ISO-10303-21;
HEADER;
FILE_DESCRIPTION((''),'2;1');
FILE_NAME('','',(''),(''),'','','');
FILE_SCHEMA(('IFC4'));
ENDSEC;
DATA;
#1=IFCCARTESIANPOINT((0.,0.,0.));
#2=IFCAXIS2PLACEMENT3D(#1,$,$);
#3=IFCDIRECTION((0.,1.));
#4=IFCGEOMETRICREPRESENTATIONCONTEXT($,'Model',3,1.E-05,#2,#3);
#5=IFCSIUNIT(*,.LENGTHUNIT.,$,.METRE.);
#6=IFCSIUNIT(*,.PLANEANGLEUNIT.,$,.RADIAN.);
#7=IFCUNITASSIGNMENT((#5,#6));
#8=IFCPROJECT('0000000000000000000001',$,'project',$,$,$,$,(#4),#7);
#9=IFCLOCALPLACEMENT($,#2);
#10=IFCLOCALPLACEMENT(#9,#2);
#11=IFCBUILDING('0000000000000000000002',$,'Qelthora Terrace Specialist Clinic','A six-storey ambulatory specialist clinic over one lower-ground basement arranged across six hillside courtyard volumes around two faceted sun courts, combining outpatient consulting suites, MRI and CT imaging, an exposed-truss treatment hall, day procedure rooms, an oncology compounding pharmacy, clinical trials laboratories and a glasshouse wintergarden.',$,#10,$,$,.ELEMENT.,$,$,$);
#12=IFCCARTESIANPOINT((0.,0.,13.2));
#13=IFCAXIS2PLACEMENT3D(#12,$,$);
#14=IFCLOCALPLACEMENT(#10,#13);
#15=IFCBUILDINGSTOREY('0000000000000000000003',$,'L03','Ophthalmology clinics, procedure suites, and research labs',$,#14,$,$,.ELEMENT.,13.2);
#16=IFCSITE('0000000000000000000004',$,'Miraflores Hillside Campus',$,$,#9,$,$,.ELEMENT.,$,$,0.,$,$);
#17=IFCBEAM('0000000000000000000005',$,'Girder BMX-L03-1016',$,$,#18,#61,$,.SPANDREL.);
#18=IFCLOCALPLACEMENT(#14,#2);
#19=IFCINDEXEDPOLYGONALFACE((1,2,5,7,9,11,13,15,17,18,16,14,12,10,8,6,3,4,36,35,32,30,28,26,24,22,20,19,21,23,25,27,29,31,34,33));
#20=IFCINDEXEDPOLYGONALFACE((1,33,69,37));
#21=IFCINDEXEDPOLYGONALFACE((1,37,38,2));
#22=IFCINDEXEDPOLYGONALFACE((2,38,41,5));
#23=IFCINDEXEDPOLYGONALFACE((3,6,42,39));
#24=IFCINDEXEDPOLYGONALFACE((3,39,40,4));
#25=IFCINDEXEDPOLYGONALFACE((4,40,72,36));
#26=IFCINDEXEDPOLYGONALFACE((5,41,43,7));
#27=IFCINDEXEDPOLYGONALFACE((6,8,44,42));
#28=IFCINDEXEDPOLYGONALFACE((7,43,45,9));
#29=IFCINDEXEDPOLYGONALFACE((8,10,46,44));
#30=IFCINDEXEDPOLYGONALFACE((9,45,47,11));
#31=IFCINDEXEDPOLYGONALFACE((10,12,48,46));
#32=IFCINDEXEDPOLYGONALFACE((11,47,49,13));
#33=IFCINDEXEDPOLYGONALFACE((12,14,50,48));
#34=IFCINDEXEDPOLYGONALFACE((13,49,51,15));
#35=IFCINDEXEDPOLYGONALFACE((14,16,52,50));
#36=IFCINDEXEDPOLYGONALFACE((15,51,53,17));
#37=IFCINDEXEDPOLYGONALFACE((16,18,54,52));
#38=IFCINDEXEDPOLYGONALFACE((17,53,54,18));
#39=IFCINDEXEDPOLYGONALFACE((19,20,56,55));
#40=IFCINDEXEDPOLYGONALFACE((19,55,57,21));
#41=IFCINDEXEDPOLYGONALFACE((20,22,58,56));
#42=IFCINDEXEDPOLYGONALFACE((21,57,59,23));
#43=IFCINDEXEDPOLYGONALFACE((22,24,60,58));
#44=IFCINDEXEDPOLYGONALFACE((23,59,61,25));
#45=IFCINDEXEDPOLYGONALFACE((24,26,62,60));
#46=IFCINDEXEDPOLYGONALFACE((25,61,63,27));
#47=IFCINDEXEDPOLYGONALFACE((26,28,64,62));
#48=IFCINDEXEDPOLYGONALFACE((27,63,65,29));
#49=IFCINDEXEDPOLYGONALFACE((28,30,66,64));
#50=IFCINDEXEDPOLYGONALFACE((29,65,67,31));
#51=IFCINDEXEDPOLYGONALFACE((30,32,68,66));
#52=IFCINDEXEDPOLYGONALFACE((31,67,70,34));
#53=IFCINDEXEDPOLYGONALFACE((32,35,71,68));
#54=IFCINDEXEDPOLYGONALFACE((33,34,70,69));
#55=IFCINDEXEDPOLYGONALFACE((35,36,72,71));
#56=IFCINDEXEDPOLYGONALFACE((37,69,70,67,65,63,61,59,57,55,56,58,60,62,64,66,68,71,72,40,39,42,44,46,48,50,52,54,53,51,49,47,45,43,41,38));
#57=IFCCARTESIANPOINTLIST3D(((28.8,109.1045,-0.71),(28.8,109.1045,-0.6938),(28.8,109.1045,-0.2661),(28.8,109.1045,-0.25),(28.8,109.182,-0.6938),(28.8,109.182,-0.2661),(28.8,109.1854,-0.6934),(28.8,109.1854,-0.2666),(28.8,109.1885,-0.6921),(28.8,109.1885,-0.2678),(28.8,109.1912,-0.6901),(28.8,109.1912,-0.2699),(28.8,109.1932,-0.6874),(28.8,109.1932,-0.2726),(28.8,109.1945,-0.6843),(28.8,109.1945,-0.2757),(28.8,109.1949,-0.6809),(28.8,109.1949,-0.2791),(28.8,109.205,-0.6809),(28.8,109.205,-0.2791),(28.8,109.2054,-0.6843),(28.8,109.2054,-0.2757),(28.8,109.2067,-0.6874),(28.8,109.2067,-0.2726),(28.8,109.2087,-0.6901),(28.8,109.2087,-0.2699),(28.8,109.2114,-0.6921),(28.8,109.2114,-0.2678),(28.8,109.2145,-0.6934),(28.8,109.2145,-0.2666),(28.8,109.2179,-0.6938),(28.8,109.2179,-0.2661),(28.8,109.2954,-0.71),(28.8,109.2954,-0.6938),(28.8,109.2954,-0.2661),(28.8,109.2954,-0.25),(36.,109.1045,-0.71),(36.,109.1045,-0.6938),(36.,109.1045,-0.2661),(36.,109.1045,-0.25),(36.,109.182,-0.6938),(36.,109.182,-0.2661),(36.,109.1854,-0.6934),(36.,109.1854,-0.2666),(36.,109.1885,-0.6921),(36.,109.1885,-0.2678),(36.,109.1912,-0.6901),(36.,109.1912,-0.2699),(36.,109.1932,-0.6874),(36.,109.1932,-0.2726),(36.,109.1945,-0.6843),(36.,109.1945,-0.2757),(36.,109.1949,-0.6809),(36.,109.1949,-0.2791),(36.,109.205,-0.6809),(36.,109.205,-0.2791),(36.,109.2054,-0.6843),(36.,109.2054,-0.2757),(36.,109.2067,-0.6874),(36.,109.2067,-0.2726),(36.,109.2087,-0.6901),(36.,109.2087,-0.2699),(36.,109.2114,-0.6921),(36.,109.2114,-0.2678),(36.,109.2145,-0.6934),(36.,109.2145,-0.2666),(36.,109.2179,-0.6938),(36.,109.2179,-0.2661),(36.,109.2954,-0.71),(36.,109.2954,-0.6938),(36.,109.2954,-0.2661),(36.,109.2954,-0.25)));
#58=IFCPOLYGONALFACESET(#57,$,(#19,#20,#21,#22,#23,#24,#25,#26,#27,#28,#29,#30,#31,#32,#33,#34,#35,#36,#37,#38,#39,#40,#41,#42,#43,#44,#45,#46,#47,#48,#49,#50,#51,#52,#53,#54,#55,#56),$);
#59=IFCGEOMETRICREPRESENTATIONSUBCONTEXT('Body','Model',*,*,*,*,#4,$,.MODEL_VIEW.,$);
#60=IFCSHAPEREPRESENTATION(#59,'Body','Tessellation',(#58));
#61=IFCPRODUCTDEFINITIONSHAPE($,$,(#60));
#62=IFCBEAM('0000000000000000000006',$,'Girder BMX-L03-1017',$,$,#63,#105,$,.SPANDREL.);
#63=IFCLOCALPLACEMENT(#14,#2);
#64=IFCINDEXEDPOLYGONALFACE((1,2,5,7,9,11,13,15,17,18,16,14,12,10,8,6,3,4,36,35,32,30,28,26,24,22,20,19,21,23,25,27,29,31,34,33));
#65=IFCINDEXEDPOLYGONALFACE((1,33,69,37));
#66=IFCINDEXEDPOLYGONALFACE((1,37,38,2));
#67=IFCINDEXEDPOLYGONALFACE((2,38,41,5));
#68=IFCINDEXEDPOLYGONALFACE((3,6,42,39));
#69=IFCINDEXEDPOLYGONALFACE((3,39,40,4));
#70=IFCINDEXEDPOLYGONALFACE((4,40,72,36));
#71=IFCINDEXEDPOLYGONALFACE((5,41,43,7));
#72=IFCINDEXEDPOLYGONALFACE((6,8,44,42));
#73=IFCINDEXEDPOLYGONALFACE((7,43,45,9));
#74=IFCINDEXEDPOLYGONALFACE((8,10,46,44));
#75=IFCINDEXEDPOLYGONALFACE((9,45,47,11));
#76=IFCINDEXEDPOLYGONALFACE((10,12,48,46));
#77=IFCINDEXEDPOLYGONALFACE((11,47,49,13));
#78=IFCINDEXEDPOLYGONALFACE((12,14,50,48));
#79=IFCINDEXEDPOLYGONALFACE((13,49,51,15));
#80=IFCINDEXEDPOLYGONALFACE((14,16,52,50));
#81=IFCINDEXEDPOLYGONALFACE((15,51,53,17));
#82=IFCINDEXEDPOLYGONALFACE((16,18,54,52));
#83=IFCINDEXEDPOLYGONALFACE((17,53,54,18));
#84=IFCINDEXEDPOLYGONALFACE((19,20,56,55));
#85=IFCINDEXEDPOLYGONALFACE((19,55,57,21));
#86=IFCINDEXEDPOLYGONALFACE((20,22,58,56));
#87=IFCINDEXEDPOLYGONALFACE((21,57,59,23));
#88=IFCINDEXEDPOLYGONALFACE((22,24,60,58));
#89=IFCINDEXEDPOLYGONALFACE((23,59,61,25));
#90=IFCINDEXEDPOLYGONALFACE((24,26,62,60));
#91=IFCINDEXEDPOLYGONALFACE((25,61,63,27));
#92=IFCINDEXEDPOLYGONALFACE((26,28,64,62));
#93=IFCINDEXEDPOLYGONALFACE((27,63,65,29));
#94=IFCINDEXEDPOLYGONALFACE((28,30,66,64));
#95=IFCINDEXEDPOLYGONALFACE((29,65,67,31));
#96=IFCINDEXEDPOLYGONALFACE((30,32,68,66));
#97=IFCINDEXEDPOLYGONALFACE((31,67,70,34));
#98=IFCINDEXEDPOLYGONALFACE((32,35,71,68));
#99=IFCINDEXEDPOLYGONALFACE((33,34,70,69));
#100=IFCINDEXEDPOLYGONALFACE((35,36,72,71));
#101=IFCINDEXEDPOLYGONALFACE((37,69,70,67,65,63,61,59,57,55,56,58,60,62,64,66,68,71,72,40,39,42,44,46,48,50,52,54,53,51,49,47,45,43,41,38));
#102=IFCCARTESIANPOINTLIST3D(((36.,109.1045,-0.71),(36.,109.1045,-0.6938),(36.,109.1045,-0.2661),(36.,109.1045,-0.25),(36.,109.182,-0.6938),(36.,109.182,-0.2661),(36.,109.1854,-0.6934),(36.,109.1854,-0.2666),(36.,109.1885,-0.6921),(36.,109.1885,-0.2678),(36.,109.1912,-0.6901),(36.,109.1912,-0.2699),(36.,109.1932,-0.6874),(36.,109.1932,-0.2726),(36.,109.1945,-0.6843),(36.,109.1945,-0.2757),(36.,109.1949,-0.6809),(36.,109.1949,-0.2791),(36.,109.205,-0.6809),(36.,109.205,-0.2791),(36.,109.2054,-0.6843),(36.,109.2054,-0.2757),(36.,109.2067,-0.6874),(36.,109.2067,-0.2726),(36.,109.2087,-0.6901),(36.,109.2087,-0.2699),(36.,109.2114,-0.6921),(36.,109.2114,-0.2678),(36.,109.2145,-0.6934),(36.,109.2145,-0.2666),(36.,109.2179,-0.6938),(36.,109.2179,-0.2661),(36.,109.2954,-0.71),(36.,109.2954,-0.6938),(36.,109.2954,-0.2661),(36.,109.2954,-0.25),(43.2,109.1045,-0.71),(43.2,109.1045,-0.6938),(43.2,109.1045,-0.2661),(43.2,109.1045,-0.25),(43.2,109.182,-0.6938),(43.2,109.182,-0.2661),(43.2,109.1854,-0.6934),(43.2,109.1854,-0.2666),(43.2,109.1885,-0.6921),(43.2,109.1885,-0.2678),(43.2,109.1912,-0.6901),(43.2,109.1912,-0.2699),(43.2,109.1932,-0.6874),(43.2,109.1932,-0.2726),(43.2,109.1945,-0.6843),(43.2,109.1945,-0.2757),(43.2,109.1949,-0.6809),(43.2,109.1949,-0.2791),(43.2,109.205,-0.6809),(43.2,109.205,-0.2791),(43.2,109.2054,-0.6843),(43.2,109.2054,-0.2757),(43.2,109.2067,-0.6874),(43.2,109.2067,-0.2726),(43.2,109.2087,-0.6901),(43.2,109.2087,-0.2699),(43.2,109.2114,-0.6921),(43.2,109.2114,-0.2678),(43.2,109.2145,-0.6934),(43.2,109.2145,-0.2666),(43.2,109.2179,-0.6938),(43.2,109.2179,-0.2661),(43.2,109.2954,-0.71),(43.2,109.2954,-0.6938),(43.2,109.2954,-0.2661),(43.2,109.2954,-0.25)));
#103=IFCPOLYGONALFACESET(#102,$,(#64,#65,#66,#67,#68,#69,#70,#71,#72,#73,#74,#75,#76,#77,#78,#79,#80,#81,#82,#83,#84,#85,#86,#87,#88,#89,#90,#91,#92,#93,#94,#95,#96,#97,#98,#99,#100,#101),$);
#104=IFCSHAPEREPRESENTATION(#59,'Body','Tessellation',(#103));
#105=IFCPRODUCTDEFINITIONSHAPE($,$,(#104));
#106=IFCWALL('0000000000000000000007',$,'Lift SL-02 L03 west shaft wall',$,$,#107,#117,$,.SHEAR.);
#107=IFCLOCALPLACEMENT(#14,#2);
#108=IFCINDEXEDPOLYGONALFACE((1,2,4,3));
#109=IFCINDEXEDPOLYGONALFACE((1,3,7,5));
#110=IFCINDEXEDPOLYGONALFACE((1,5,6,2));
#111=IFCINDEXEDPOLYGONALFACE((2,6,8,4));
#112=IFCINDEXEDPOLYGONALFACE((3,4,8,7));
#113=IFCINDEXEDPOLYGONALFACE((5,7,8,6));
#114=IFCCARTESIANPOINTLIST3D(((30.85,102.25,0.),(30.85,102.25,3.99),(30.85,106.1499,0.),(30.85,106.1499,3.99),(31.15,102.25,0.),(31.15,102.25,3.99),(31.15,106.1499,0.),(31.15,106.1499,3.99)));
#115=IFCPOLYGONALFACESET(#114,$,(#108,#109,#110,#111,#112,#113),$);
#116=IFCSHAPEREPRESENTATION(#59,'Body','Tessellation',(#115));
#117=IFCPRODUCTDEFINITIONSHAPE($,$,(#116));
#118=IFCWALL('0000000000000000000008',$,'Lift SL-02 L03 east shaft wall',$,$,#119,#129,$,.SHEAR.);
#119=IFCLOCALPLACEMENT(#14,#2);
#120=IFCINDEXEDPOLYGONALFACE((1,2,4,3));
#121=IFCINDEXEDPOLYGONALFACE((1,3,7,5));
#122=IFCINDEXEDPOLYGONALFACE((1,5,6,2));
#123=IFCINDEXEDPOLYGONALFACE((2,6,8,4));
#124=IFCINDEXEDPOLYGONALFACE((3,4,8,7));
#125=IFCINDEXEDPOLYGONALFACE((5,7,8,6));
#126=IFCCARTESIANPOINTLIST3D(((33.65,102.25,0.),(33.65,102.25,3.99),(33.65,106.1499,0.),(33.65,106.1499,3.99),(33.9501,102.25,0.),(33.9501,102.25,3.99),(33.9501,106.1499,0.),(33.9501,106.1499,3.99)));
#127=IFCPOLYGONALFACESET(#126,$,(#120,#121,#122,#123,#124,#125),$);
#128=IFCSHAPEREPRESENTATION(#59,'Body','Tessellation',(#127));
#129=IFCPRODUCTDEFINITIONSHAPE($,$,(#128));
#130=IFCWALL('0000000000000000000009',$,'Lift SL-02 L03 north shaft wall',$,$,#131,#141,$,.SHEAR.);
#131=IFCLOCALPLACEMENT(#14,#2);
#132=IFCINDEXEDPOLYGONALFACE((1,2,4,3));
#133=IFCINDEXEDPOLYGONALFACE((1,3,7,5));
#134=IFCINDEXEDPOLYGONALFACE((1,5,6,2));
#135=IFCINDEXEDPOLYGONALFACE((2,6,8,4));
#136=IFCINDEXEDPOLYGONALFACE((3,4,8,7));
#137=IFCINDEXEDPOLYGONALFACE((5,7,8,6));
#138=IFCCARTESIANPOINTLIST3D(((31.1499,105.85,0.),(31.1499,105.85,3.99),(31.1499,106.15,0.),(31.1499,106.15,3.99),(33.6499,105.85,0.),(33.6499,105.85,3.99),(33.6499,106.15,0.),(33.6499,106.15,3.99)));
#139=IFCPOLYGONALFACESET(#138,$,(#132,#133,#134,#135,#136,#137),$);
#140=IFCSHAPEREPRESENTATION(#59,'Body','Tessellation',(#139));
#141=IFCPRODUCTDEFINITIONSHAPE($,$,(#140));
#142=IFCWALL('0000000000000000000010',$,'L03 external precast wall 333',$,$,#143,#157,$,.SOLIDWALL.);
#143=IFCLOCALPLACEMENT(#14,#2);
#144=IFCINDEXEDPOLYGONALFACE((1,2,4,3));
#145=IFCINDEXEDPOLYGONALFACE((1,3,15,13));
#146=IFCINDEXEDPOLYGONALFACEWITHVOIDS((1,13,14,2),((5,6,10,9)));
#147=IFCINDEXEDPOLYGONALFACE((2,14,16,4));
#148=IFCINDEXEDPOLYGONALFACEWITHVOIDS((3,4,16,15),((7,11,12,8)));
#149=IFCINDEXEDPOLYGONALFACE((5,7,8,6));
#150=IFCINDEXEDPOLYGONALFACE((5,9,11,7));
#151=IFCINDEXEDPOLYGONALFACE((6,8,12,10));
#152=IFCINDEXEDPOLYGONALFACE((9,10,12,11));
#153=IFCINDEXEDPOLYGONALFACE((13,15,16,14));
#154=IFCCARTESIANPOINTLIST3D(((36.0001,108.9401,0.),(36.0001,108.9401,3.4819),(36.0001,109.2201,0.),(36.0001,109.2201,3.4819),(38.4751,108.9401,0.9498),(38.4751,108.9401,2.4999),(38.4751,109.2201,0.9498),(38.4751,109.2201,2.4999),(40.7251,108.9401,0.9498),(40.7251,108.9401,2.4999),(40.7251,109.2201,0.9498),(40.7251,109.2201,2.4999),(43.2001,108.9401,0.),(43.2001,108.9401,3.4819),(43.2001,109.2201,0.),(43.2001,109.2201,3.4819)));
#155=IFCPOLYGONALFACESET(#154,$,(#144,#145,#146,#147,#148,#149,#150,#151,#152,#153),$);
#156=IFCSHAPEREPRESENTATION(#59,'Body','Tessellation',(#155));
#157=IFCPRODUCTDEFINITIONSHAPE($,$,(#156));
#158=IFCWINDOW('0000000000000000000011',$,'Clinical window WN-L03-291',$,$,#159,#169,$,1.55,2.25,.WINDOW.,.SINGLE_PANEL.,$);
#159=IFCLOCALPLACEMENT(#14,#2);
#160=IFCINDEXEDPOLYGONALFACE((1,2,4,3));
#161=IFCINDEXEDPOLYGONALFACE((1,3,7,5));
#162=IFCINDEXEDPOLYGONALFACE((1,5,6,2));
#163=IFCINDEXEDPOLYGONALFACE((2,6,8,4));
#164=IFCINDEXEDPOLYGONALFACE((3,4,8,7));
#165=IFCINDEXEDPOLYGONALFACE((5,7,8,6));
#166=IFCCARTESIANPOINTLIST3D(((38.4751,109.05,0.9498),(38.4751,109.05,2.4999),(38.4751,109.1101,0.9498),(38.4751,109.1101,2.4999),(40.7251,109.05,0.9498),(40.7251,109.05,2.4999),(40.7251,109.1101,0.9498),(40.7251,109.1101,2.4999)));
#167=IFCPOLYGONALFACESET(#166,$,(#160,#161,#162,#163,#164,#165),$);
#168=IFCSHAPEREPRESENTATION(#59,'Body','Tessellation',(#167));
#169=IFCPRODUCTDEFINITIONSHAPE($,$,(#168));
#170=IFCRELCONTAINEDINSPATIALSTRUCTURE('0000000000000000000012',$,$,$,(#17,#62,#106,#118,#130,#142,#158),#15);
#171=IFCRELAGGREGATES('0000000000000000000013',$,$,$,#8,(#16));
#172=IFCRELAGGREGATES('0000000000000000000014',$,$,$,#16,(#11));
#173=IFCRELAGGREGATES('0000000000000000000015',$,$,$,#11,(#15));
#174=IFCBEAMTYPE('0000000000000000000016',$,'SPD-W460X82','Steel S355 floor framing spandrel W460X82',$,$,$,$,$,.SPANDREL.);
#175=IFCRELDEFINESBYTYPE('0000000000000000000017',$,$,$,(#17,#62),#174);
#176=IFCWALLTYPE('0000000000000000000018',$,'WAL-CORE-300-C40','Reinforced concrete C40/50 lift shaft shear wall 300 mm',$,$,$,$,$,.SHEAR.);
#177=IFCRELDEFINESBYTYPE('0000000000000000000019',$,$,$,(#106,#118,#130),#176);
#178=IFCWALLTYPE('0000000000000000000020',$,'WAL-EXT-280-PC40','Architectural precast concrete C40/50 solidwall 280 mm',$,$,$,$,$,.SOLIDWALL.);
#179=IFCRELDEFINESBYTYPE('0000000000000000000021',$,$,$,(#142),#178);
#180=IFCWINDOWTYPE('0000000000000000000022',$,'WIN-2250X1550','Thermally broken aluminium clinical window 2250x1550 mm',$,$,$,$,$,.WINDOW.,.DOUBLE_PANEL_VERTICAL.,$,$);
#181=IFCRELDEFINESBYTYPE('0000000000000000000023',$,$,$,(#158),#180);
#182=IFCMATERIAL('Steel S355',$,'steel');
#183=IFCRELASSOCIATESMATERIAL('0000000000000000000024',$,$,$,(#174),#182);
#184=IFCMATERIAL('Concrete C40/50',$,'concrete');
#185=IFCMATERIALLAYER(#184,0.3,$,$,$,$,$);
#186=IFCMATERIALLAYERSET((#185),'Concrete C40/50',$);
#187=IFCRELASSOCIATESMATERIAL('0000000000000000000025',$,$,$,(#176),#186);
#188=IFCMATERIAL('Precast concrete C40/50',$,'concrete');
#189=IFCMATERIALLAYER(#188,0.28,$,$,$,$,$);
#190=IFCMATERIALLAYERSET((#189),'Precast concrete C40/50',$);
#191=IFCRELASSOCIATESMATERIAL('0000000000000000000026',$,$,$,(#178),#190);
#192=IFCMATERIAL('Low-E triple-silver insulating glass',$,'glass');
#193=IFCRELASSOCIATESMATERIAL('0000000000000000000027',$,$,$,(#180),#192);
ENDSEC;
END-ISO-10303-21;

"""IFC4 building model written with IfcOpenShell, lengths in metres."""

from ifc_helpers import new_model, si_unit, direction, frame, frame_2d, origin, origin_2d, place, context, subcontext, project, spatial, rectangle, i_section, extrude, material, layer, layer_set, material_profile, profile_set, type_object, element, fill, save


model = new_model("IFC4")

# Units and contexts
model_context = context("Model", 3, precision=1e-05, world=origin(), true_north=direction((0.0, 1.0)))
body_context = subcontext(model_context, "Body", "Model", "MODEL_VIEW")
ifc_project = project(units=[si_unit("LENGTHUNIT", "METRE"), si_unit("PLANEANGLEUNIT", "RADIAN")], contexts=[model_context])

# Site, building, storey
site_placement = place(None, origin())
site = spatial("IfcSite", under=ifc_project, at=site_placement, Name="Miraflores Hillside Campus", CompositionType="ELEMENT", RefElevation=0.0)
building_placement = place(site_placement, origin())
building = spatial("IfcBuilding", under=site, at=building_placement, Name="Qelthora Terrace Specialist Clinic", Description="A six-storey ambulatory specialist clinic over one lower-ground basement arranged across six hillside courtyard volumes around two faceted sun courts, combining outpatient consulting suites, MRI and CT imaging, an exposed-truss treatment hall, day procedure rooms, an oncology compounding pharmacy, clinical trials laboratories and a glasshouse wintergarden.", CompositionType="ELEMENT")
storey_placement = place(building_placement, frame((0.0, 0.0, 13.2)))
storey = spatial("IfcBuildingStorey", under=building, at=storey_placement, Name="L03", Description="Ophthalmology clinics, procedure suites, and research labs", CompositionType="ELEMENT", Elevation=13.2)

# Shared definitions
ifc_material_1 = material(Name="Steel S355", Category="steel")

# Beams
ifc_material_profile_1 = material_profile(ifc_material_1, i_section(OverallWidth=0.1909, OverallDepth=0.46, WebThickness=0.01, FlangeThickness=0.0161, FilletRadius=0.0129, at=origin_2d()), Name="W460X82")
ifc_profile_set_1 = profile_set([ifc_material_profile_1], Name="Steel S355")
beam_type_1 = type_object("IfcBeamType", Name="SPD-W460X82", Description="Steel S355 floor framing spandrel W460X82", PredefinedType="SPANDREL", material=ifc_profile_set_1)
for number, where, z_axis, x_axis, name in (
    (1, (28.8, 109.2, -0.48), (1.0, 0.0, 0.0), (0.0, 1.0, 0.0), "Girder BMX-L03-1016"),
    (2, (36.0, 109.2, -0.48), (1.0, 0.0, 0.0), (0.0, 1.0, 0.0), "Girder BMX-L03-1017"),
):
    element("IfcBeam", number, at=place(storey_placement, frame(where, z_axis=z_axis, x_axis=x_axis)), inside=storey, type_object=beam_type_1, Name=name, PredefinedType="SPANDREL", context=body_context, shape_type="SweptSolid", body=[
        extrude(i_section(OverallWidth=0.1909, OverallDepth=0.46, WebThickness=0.01, FlangeThickness=0.0161, FilletRadius=0.0129, at=origin_2d()), origin(), (0.0, 0.0, 1.0), 7.2),
    ])

# Walls
ifc_material_2 = material(Name="Concrete C40/50", Category="concrete")
ifc_layer_1 = layer(ifc_material_2, 0.3)
ifc_layer_set_1 = layer_set([ifc_layer_1], Name="Concrete C40/50")
wall_type_1 = type_object("IfcWallType", Name="WAL-CORE-300-C40", Description="Reinforced concrete C40/50 lift shaft shear wall 300 mm", PredefinedType="SHEAR", material=ifc_layer_set_1)
for number, where, z_axis, x_axis, name in (
    (3, (31.0, 102.25, 0.0), (0.0, 0.0, 1.0), (0.0, 1.0, 0.0), "Lift SL-02 L03 west shaft wall"),
    (4, (33.8, 102.25, 0.0), (0.0, 0.0, 1.0), (0.0, 1.0, 0.0), "Lift SL-02 L03 east shaft wall"),
):
    element("IfcWall", number, at=place(storey_placement, frame(where, z_axis=z_axis, x_axis=x_axis)), inside=storey, type_object=wall_type_1, Name=name, PredefinedType="SHEAR", context=body_context, shape_type="SweptSolid", body=[
        extrude(rectangle(XDim=3.8999, YDim=0.3, at=frame_2d((1.95, 0.0))), origin(), (0.0, 0.0, 1.0), 3.99),
    ])
wall_1_placement = place(storey_placement, frame((31.1499, 106.0, 0.0), z_axis=(0.0, 0.0, 1.0), x_axis=(1.0, 0.0, 0.0)))
element("IfcWall", 5, at=wall_1_placement, inside=storey, type_object=wall_type_1, Name="Lift SL-02 L03 north shaft wall", PredefinedType="SHEAR", context=body_context, shape_type="SweptSolid", body=[
    extrude(rectangle(XDim=2.5, YDim=0.3, at=frame_2d((1.25, 0.0))), origin(), (0.0, 0.0, 1.0), 3.99),
])

# Wall, opening, window
ifc_material_3 = material(Name="Precast concrete C40/50", Category="concrete")
ifc_layer_2 = layer(ifc_material_3, 0.28)
ifc_layer_set_2 = layer_set([ifc_layer_2], Name="Precast concrete C40/50")
wall_type_2 = type_object("IfcWallType", Name="WAL-EXT-280-PC40", Description="Architectural precast concrete C40/50 solidwall 280 mm", PredefinedType="SOLIDWALL", material=ifc_layer_set_2)
wall_2_placement = place(storey_placement, frame((36.0, 109.0801, 0.0), z_axis=(0.0, 0.0, 1.0), x_axis=(1.0, 0.0, 0.0)))
wall_2 = element("IfcWall", 6, at=wall_2_placement, inside=storey, type_object=wall_type_2, Name="L03 external precast wall 333", PredefinedType="SOLIDWALL", context=body_context, shape_type="SweptSolid", body=[
    extrude(rectangle(XDim=7.2, YDim=0.28, at=frame_2d((3.6001, 0.0))), origin(), (0.0, 0.0, 1.0), 3.4819),
])
opening_1_placement = place(wall_2_placement, frame((2.4751, 0.0, 0.95)))
opening_1 = element("IfcOpeningElement", 7, at=opening_1_placement, cuts=wall_2, PredefinedType="OPENING", context=body_context, shape_type="SweptSolid", body=[
    extrude(rectangle(XDim=2.25, YDim=1.55, at=frame_2d((1.125, 0.7749))), frame((0.0, 0.1499, 0.0), z_axis=(0.0, -1.0, 0.0), x_axis=(1.0, 0.0, 0.0)), (0.0, 0.0, 1.0), 0.3),
])
ifc_material_4 = material(Name="Low-E triple-silver insulating glass", Category="glass")
window_type_1 = type_object("IfcWindowType", Name="WIN-2250X1550", Description="Thermally broken aluminium clinical window 2250x1550 mm", PartitioningType="DOUBLE_PANEL_VERTICAL", PredefinedType="WINDOW", material=ifc_material_4)
window_1_placement = place(opening_1_placement, origin())
window_1 = element("IfcWindow", 8, at=window_1_placement, inside=storey, type_object=window_type_1, Name="Clinical window WN-L03-291", OverallHeight=1.55, OverallWidth=2.25, PartitioningType="SINGLE_PANEL", PredefinedType="WINDOW", context=body_context, shape_type="SweptSolid", body=[
    extrude(rectangle(XDim=2.25, YDim=1.55, at=frame_2d((1.125, 0.7749))), frame((0.0, 0.03, 0.0), z_axis=(0.0, -1.0, 0.0), x_axis=(1.0, 0.0, 0.0)), (0.0, 0.0, 1.0), 0.0601),
])
fill(opening_1, window_1)

save(model, "model.ifc")
